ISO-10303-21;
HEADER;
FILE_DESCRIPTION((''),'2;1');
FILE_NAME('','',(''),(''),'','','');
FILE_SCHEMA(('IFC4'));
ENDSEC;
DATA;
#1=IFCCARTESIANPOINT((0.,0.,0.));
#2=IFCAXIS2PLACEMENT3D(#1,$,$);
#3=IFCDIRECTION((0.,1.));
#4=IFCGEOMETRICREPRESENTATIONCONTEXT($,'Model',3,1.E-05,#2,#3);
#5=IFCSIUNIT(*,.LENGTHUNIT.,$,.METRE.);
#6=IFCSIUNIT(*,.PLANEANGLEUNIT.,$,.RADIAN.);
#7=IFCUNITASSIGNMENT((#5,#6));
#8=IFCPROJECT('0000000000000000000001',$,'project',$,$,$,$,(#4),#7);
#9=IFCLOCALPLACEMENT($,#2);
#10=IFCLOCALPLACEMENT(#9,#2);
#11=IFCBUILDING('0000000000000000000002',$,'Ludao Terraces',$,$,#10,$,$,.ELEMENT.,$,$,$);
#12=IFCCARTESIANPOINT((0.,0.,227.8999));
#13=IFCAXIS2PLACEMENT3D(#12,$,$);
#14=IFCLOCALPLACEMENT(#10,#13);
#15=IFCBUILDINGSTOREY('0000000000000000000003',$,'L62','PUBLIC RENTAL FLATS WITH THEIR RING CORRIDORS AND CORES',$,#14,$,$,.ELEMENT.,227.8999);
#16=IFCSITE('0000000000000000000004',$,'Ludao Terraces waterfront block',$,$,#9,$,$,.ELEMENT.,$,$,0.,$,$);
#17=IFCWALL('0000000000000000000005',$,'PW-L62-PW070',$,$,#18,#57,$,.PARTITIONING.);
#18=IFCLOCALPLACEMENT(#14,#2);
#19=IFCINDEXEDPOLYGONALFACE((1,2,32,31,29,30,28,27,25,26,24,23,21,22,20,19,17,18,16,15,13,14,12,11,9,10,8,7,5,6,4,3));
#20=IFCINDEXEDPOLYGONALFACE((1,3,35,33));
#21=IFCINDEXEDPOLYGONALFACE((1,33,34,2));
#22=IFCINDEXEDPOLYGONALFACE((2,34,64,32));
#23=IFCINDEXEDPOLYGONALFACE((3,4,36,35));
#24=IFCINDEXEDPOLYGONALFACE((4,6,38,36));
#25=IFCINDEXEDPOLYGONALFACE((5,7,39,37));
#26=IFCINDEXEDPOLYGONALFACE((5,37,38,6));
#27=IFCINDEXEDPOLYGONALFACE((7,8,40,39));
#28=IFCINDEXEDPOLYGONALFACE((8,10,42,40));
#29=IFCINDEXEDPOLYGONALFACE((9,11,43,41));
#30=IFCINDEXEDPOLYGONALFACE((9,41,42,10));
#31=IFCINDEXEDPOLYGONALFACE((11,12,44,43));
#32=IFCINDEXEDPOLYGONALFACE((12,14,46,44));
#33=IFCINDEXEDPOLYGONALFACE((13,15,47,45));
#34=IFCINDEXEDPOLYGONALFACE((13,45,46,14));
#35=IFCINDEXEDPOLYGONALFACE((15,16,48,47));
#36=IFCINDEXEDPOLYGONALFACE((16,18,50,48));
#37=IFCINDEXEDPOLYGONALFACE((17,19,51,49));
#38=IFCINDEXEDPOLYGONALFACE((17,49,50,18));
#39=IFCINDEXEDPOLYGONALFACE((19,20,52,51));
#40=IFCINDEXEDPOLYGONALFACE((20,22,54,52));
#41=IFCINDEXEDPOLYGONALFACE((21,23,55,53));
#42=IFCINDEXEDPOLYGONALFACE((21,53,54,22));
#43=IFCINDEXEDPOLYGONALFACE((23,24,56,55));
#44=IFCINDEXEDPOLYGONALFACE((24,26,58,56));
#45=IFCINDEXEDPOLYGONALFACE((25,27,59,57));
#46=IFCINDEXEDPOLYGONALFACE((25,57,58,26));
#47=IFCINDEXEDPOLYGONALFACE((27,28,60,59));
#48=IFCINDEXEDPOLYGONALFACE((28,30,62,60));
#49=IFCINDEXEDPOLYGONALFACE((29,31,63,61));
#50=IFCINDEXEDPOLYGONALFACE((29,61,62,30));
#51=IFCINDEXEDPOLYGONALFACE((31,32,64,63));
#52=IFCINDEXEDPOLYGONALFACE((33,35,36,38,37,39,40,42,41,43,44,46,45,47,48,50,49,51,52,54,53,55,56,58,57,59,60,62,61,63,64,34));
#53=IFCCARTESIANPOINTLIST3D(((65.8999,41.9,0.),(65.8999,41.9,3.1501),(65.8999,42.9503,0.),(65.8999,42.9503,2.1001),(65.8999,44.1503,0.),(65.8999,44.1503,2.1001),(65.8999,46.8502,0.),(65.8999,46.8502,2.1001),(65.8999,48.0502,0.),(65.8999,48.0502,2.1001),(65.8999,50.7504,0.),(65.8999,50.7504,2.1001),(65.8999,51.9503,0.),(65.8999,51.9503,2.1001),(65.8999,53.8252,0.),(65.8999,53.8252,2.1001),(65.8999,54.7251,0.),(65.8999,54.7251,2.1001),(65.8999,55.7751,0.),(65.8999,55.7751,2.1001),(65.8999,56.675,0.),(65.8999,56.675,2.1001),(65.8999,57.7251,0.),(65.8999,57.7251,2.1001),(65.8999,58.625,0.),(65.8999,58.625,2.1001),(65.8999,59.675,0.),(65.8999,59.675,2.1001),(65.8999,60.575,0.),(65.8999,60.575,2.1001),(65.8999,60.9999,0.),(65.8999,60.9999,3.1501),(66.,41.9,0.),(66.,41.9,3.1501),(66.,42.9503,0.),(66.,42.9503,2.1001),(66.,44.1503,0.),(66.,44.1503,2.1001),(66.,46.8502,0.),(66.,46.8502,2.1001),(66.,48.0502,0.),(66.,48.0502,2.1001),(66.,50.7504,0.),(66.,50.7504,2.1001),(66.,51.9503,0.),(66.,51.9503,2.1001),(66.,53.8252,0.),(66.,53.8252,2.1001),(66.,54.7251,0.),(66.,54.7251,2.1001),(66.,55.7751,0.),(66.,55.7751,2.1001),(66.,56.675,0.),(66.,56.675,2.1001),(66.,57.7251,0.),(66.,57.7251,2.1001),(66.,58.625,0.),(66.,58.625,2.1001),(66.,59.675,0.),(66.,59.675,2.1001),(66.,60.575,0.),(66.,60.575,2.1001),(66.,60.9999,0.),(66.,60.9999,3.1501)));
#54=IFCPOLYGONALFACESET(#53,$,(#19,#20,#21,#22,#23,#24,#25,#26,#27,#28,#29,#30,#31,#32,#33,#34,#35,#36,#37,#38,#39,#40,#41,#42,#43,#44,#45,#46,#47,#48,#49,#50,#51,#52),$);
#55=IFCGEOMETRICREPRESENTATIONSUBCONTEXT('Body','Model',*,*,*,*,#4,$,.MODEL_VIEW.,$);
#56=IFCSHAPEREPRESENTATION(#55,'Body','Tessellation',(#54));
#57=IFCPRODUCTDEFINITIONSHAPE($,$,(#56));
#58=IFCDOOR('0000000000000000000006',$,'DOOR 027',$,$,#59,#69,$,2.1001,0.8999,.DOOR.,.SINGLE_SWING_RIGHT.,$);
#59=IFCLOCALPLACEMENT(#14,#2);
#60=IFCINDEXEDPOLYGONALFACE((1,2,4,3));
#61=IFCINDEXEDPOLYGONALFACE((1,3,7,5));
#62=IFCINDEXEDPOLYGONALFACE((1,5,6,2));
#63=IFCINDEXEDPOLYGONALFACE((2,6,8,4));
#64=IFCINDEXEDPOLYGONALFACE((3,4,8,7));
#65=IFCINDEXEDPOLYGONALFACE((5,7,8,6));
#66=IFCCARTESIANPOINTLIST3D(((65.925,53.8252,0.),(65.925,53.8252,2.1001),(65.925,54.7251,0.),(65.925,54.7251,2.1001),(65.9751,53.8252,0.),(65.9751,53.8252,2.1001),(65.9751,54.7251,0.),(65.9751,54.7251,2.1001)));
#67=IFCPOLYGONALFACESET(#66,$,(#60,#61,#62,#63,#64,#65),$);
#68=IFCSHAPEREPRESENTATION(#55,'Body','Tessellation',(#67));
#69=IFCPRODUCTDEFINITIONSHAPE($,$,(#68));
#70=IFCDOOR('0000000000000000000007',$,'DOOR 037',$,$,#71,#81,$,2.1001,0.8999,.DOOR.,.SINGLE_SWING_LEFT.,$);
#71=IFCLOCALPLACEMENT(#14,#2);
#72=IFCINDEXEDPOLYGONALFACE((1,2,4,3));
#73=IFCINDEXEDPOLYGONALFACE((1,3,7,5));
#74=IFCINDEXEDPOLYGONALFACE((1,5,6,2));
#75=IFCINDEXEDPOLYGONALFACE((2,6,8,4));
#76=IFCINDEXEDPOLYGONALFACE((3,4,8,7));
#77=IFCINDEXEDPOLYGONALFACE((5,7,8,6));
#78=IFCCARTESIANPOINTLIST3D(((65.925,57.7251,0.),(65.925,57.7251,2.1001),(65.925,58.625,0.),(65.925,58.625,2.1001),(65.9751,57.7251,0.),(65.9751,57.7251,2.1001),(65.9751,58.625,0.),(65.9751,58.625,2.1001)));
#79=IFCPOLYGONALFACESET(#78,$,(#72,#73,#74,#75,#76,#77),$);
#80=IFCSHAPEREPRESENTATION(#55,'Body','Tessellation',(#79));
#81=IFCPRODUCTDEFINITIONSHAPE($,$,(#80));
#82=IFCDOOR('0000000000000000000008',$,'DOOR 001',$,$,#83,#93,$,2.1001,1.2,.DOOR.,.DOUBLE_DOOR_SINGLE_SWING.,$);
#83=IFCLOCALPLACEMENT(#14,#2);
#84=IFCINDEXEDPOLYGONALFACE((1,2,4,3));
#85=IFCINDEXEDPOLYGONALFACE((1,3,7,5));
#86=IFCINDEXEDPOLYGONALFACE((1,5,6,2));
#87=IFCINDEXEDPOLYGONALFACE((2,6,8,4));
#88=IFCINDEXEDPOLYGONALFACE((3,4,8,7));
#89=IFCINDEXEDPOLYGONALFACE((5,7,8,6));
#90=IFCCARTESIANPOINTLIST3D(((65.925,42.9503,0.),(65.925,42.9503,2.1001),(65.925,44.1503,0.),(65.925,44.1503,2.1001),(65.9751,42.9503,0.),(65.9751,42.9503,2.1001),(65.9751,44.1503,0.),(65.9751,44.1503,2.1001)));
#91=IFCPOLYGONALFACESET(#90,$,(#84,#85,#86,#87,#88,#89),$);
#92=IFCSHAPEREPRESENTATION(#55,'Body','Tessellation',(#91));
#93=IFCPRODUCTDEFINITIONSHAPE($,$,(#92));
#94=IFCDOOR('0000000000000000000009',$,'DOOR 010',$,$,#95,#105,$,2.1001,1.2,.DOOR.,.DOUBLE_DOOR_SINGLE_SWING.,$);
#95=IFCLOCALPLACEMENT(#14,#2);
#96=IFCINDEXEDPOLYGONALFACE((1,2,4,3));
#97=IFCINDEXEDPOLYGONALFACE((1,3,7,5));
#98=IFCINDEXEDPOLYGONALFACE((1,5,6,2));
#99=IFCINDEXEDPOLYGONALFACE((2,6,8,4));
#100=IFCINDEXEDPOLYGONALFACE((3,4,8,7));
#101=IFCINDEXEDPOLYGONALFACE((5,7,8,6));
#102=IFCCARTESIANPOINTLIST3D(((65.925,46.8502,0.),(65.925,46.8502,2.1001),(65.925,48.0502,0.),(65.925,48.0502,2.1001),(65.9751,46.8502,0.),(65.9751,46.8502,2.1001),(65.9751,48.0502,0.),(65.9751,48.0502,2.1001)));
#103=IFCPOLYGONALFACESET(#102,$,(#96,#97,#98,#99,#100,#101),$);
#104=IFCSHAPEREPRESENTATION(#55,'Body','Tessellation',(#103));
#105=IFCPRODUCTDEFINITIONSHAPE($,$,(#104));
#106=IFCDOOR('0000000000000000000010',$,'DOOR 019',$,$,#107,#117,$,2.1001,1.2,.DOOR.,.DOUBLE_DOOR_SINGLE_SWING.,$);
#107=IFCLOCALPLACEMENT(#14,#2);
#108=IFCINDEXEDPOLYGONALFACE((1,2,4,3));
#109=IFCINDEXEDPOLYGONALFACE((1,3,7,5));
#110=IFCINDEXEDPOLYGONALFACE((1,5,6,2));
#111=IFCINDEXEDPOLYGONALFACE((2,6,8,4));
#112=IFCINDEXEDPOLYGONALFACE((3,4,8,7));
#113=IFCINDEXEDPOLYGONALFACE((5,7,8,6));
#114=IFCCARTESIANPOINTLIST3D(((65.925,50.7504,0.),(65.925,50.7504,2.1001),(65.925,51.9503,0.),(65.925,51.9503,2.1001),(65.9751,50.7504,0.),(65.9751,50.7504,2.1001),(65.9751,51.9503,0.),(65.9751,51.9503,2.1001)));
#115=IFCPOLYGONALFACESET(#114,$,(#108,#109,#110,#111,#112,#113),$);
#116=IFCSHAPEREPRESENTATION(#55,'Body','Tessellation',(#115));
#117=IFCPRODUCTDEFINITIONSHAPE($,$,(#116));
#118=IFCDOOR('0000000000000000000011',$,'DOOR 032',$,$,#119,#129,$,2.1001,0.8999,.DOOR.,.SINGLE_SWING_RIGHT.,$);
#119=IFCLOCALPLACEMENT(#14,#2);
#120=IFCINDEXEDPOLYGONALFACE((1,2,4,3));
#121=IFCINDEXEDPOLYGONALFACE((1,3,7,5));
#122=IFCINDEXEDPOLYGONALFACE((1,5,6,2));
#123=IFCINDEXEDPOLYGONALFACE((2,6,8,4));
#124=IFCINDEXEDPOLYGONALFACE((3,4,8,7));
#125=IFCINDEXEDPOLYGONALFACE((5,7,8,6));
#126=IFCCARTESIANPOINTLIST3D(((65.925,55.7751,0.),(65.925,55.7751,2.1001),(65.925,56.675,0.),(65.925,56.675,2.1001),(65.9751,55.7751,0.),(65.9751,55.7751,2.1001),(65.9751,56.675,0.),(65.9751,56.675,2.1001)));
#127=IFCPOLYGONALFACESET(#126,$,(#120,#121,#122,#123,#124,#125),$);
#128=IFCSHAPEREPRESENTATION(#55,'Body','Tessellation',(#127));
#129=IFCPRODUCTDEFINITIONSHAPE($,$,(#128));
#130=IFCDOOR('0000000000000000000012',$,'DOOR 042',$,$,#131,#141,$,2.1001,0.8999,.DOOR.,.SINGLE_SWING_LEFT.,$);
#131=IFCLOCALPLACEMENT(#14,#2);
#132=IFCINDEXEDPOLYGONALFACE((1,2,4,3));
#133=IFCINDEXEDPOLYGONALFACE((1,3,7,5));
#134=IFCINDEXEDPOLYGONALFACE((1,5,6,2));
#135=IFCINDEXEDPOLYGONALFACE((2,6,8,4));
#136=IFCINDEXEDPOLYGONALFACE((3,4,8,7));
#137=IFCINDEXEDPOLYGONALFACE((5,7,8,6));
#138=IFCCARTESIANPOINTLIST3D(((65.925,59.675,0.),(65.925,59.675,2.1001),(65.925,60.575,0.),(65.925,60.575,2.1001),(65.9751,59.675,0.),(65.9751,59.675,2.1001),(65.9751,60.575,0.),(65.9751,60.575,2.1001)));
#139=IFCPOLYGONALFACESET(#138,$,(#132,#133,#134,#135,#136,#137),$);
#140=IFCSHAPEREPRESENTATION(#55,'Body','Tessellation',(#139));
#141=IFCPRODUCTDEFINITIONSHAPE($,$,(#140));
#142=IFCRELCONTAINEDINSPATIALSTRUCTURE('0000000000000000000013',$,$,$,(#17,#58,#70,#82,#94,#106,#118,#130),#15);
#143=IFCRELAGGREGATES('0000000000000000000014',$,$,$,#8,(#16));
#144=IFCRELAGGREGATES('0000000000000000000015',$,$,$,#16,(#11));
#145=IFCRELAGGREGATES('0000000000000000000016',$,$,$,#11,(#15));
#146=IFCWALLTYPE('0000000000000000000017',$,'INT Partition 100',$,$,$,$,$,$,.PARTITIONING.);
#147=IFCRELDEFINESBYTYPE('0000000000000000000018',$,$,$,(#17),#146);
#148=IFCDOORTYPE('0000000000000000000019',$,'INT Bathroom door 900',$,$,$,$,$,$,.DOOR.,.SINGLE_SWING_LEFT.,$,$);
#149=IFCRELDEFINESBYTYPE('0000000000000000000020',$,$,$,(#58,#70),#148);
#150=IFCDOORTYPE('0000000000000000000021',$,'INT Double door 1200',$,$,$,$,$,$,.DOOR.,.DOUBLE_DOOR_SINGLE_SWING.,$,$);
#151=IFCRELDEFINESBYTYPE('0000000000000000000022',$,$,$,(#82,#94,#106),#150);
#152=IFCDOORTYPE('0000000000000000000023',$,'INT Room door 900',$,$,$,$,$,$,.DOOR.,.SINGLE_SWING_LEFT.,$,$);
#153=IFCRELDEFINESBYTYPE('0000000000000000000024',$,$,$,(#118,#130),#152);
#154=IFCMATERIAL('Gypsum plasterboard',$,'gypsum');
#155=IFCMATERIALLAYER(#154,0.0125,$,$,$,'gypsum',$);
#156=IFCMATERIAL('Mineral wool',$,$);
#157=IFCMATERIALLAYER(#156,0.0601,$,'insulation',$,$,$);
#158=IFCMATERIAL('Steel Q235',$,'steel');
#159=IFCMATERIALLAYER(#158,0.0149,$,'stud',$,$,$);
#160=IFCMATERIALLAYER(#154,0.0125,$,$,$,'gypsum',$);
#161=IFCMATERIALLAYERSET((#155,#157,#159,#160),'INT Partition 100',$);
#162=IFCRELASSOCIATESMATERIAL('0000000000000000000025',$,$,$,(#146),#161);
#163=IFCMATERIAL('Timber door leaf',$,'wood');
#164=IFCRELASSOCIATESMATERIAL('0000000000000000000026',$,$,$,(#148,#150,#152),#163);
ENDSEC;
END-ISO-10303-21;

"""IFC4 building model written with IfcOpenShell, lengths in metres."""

from ifc_helpers import new_model, si_unit, direction, frame, frame_2d, origin, place, context, subcontext, project, spatial, rectangle, extrude, material, layer, layer_set, type_object, element, fill, save


model = new_model("IFC4")

# Units and contexts
model_context = context("Model", 3, precision=1e-05, world=origin(), true_north=direction((0.0, 1.0)))
body_context = subcontext(model_context, "Body", "Model", "MODEL_VIEW")
ifc_project = project(units=[si_unit("LENGTHUNIT", "METRE"), si_unit("PLANEANGLEUNIT", "RADIAN")], contexts=[model_context])

# Site, building, storey
site_placement = place(None, origin())
site = spatial("IfcSite", under=ifc_project, at=site_placement, Name="Ludao Terraces waterfront block", CompositionType="ELEMENT", RefElevation=0.0)
building_placement = place(site_placement, origin())
building = spatial("IfcBuilding", under=site, at=building_placement, Name="Ludao Terraces", CompositionType="ELEMENT")
storey_placement = place(building_placement, frame((0.0, 0.0, 227.8999)))
storey = spatial("IfcBuildingStorey", under=building, at=storey_placement, Name="L62", Description="PUBLIC RENTAL FLATS WITH THEIR RING CORRIDORS AND CORES", CompositionType="ELEMENT", Elevation=227.8999)

# Wall, openings, doors
ifc_material_1 = material(Name="Gypsum plasterboard", Category="gypsum")
ifc_layer_1 = layer(ifc_material_1, 0.0125, Category="gypsum")
ifc_material_2 = material(Name="Mineral wool")
ifc_layer_2 = layer(ifc_material_2, 0.0601, Name="insulation")
ifc_material_3 = material(Name="Steel Q235", Category="steel")
ifc_layer_3 = layer(ifc_material_3, 0.0149, Name="stud")
ifc_layer_4 = layer(ifc_material_1, 0.0125, Category="gypsum")
ifc_layer_set = layer_set([ifc_layer_1, ifc_layer_2, ifc_layer_3, ifc_layer_4], Name="INT Partition 100")
wall_type = type_object("IfcWallType", Name="INT Partition 100", PredefinedType="PARTITIONING", material=ifc_layer_set)
wall_1_placement = place(storey_placement, frame((65.95, 41.9001, 0.0), z_axis=(0.0, 0.0, 1.0), x_axis=(0.0, 1.0, 0.0)))
wall_1 = element("IfcWall", 1, at=wall_1_placement, inside=storey, type_object=wall_type, Name="PW-L62-PW070", PredefinedType="PARTITIONING", context=body_context, shape_type="SweptSolid", body=[
    extrude(rectangle(XDim=19.0999, YDim=0.1001, at=frame_2d((9.5498, 0.0))), origin(), (0.0, 0.0, 1.0), 3.1501),
])
opening_1_placement = place(wall_1_placement, frame((1.05, 0.0, 0.0)))
opening_1 = element("IfcOpeningElement", 2, at=opening_1_placement, cuts=wall_1, PredefinedType="OPENING", context=body_context, shape_type="SweptSolid", body=[
    extrude(rectangle(XDim=1.2, YDim=2.1001, at=frame_2d((0.6001, 1.05))), frame((0.0, 0.0601, 0.0), z_axis=(0.0, -1.0, 0.0), x_axis=(1.0, 0.0, 0.0)), (0.0, 0.0, 1.0), 0.1201),
])
opening_2_placement = place(wall_1_placement, frame((4.95, 0.0, 0.0)))
opening_2 = element("IfcOpeningElement", 3, at=opening_2_placement, cuts=wall_1, PredefinedType="OPENING", context=body_context, shape_type="SweptSolid", body=[
    extrude(rectangle(XDim=1.2, YDim=2.1001, at=frame_2d((0.6001, 1.05))), frame((0.0, 0.0601, 0.0), z_axis=(0.0, -1.0, 0.0), x_axis=(1.0, 0.0, 0.0)), (0.0, 0.0, 1.0), 0.1201),
])
opening_3_placement = place(wall_1_placement, frame((8.8501, 0.0, 0.0)))
opening_3 = element("IfcOpeningElement", 4, at=opening_3_placement, cuts=wall_1, PredefinedType="OPENING", context=body_context, shape_type="SweptSolid", body=[
    extrude(rectangle(XDim=1.2, YDim=2.1001, at=frame_2d((0.6001, 1.05))), frame((0.0, 0.0601, 0.0), z_axis=(0.0, -1.0, 0.0), x_axis=(1.0, 0.0, 0.0)), (0.0, 0.0, 1.0), 0.1201),
])
opening_4_placement = place(wall_1_placement, frame((11.925, 0.0, 0.0)))
opening_4 = element("IfcOpeningElement", 5, at=opening_4_placement, cuts=wall_1, PredefinedType="OPENING", context=body_context, shape_type="SweptSolid", body=[
    extrude(rectangle(XDim=0.8999, YDim=2.1001, at=frame_2d((0.45, 1.05))), frame((0.0, 0.0601, 0.0), z_axis=(0.0, -1.0, 0.0), x_axis=(1.0, 0.0, 0.0)), (0.0, 0.0, 1.0), 0.1201),
])
opening_5_placement = place(wall_1_placement, frame((13.875, 0.0, 0.0)))
opening_5 = element("IfcOpeningElement", 6, at=opening_5_placement, cuts=wall_1, PredefinedType="OPENING", context=body_context, shape_type="SweptSolid", body=[
    extrude(rectangle(XDim=0.8999, YDim=2.1001, at=frame_2d((0.45, 1.05))), frame((0.0, 0.0601, 0.0), z_axis=(0.0, -1.0, 0.0), x_axis=(1.0, 0.0, 0.0)), (0.0, 0.0, 1.0), 0.1201),
])
opening_6_placement = place(wall_1_placement, frame((15.825, 0.0, 0.0)))
opening_6 = element("IfcOpeningElement", 7, at=opening_6_placement, cuts=wall_1, PredefinedType="OPENING", context=body_context, shape_type="SweptSolid", body=[
    extrude(rectangle(XDim=0.8999, YDim=2.1001, at=frame_2d((0.45, 1.05))), frame((0.0, 0.0601, 0.0), z_axis=(0.0, -1.0, 0.0), x_axis=(1.0, 0.0, 0.0)), (0.0, 0.0, 1.0), 0.1201),
])
opening_7_placement = place(wall_1_placement, frame((17.7749, 0.0, 0.0)))
opening_7 = element("IfcOpeningElement", 8, at=opening_7_placement, cuts=wall_1, PredefinedType="OPENING", context=body_context, shape_type="SweptSolid", body=[
    extrude(rectangle(XDim=0.8999, YDim=2.1001, at=frame_2d((0.45, 1.05))), frame((0.0, 0.0601, 0.0), z_axis=(0.0, -1.0, 0.0), x_axis=(1.0, 0.0, 0.0)), (0.0, 0.0, 1.0), 0.1201),
])
ifc_material_4 = material(Name="Timber door leaf", Category="wood")
door_type_1 = type_object("IfcDoorType", Name="INT Bathroom door 900", OperationType="SINGLE_SWING_LEFT", PredefinedType="DOOR", material=ifc_material_4)
door_1_placement = place(opening_4_placement, origin())
door_1 = element("IfcDoor", 9, at=door_1_placement, inside=storey, type_object=door_type_1, Name="DOOR 027", OperationType="SINGLE_SWING_RIGHT", OverallHeight=2.1001, OverallWidth=0.8999, PredefinedType="DOOR", context=body_context, shape_type="SweptSolid", body=[
    extrude(rectangle(XDim=0.8999, YDim=2.1001, at=frame_2d((0.45, 1.05))), frame((0.0, 0.0249, 0.0), z_axis=(0.0, -1.0, 0.0), x_axis=(1.0, 0.0, 0.0)), (0.0, 0.0, 1.0), 0.05),
])
fill(opening_4, door_1)
door_2_placement = place(opening_6_placement, origin())
door_2 = element("IfcDoor", 10, at=door_2_placement, inside=storey, type_object=door_type_1, Name="DOOR 037", OperationType="SINGLE_SWING_LEFT", OverallHeight=2.1001, OverallWidth=0.8999, PredefinedType="DOOR", context=body_context, shape_type="SweptSolid", body=[
    extrude(rectangle(XDim=0.8999, YDim=2.1001, at=frame_2d((0.45, 1.05))), frame((0.0, 0.0249, 0.0), z_axis=(0.0, -1.0, 0.0), x_axis=(1.0, 0.0, 0.0)), (0.0, 0.0, 1.0), 0.05),
])
fill(opening_6, door_2)
door_type_2 = type_object("IfcDoorType", Name="INT Double door 1200", OperationType="DOUBLE_DOOR_SINGLE_SWING", PredefinedType="DOOR", material=ifc_material_4)
door_3_placement = place(opening_1_placement, origin())
door_3 = element("IfcDoor", 11, at=door_3_placement, inside=storey, type_object=door_type_2, Name="DOOR 001", OperationType="DOUBLE_DOOR_SINGLE_SWING", OverallHeight=2.1001, OverallWidth=1.2, PredefinedType="DOOR", context=body_context, shape_type="SweptSolid", body=[
    extrude(rectangle(XDim=1.2, YDim=2.1001, at=frame_2d((0.6001, 1.05))), frame((0.0, 0.0249, 0.0), z_axis=(0.0, -1.0, 0.0), x_axis=(1.0, 0.0, 0.0)), (0.0, 0.0, 1.0), 0.05),
])
fill(opening_1, door_3)
door_4_placement = place(opening_2_placement, origin())
door_4 = element("IfcDoor", 12, at=door_4_placement, inside=storey, type_object=door_type_2, Name="DOOR 010", OperationType="DOUBLE_DOOR_SINGLE_SWING", OverallHeight=2.1001, OverallWidth=1.2, PredefinedType="DOOR", context=body_context, shape_type="SweptSolid", body=[
    extrude(rectangle(XDim=1.2, YDim=2.1001, at=frame_2d((0.6001, 1.05))), frame((0.0, 0.0249, 0.0), z_axis=(0.0, -1.0, 0.0), x_axis=(1.0, 0.0, 0.0)), (0.0, 0.0, 1.0), 0.05),
])
fill(opening_2, door_4)
door_5_placement = place(opening_3_placement, origin())
door_5 = element("IfcDoor", 13, at=door_5_placement, inside=storey, type_object=door_type_2, Name="DOOR 019", OperationType="DOUBLE_DOOR_SINGLE_SWING", OverallHeight=2.1001, OverallWidth=1.2, PredefinedType="DOOR", context=body_context, shape_type="SweptSolid", body=[
    extrude(rectangle(XDim=1.2, YDim=2.1001, at=frame_2d((0.6001, 1.05))), frame((0.0, 0.0249, 0.0), z_axis=(0.0, -1.0, 0.0), x_axis=(1.0, 0.0, 0.0)), (0.0, 0.0, 1.0), 0.05),
])
fill(opening_3, door_5)
door_type_3 = type_object("IfcDoorType", Name="INT Room door 900", OperationType="SINGLE_SWING_LEFT", PredefinedType="DOOR", material=ifc_material_4)
door_6_placement = place(opening_5_placement, origin())
door_6 = element("IfcDoor", 14, at=door_6_placement, inside=storey, type_object=door_type_3, Name="DOOR 032", OperationType="SINGLE_SWING_RIGHT", OverallHeight=2.1001, OverallWidth=0.8999, PredefinedType="DOOR", context=body_context, shape_type="SweptSolid", body=[
    extrude(rectangle(XDim=0.8999, YDim=2.1001, at=frame_2d((0.45, 1.05))), frame((0.0, 0.0249, 0.0), z_axis=(0.0, -1.0, 0.0), x_axis=(1.0, 0.0, 0.0)), (0.0, 0.0, 1.0), 0.05),
])
fill(opening_5, door_6)
door_7_placement = place(opening_7_placement, origin())
door_7 = element("IfcDoor", 15, at=door_7_placement, inside=storey, type_object=door_type_3, Name="DOOR 042", OperationType="SINGLE_SWING_LEFT", OverallHeight=2.1001, OverallWidth=0.8999, PredefinedType="DOOR", context=body_context, shape_type="SweptSolid", body=[
    extrude(rectangle(XDim=0.8999, YDim=2.1001, at=frame_2d((0.45, 1.05))), frame((0.0, 0.0249, 0.0), z_axis=(0.0, -1.0, 0.0), x_axis=(1.0, 0.0, 0.0)), (0.0, 0.0, 1.0), 0.05),
])
fill(opening_7, door_7)

save(model, "model.ifc")
